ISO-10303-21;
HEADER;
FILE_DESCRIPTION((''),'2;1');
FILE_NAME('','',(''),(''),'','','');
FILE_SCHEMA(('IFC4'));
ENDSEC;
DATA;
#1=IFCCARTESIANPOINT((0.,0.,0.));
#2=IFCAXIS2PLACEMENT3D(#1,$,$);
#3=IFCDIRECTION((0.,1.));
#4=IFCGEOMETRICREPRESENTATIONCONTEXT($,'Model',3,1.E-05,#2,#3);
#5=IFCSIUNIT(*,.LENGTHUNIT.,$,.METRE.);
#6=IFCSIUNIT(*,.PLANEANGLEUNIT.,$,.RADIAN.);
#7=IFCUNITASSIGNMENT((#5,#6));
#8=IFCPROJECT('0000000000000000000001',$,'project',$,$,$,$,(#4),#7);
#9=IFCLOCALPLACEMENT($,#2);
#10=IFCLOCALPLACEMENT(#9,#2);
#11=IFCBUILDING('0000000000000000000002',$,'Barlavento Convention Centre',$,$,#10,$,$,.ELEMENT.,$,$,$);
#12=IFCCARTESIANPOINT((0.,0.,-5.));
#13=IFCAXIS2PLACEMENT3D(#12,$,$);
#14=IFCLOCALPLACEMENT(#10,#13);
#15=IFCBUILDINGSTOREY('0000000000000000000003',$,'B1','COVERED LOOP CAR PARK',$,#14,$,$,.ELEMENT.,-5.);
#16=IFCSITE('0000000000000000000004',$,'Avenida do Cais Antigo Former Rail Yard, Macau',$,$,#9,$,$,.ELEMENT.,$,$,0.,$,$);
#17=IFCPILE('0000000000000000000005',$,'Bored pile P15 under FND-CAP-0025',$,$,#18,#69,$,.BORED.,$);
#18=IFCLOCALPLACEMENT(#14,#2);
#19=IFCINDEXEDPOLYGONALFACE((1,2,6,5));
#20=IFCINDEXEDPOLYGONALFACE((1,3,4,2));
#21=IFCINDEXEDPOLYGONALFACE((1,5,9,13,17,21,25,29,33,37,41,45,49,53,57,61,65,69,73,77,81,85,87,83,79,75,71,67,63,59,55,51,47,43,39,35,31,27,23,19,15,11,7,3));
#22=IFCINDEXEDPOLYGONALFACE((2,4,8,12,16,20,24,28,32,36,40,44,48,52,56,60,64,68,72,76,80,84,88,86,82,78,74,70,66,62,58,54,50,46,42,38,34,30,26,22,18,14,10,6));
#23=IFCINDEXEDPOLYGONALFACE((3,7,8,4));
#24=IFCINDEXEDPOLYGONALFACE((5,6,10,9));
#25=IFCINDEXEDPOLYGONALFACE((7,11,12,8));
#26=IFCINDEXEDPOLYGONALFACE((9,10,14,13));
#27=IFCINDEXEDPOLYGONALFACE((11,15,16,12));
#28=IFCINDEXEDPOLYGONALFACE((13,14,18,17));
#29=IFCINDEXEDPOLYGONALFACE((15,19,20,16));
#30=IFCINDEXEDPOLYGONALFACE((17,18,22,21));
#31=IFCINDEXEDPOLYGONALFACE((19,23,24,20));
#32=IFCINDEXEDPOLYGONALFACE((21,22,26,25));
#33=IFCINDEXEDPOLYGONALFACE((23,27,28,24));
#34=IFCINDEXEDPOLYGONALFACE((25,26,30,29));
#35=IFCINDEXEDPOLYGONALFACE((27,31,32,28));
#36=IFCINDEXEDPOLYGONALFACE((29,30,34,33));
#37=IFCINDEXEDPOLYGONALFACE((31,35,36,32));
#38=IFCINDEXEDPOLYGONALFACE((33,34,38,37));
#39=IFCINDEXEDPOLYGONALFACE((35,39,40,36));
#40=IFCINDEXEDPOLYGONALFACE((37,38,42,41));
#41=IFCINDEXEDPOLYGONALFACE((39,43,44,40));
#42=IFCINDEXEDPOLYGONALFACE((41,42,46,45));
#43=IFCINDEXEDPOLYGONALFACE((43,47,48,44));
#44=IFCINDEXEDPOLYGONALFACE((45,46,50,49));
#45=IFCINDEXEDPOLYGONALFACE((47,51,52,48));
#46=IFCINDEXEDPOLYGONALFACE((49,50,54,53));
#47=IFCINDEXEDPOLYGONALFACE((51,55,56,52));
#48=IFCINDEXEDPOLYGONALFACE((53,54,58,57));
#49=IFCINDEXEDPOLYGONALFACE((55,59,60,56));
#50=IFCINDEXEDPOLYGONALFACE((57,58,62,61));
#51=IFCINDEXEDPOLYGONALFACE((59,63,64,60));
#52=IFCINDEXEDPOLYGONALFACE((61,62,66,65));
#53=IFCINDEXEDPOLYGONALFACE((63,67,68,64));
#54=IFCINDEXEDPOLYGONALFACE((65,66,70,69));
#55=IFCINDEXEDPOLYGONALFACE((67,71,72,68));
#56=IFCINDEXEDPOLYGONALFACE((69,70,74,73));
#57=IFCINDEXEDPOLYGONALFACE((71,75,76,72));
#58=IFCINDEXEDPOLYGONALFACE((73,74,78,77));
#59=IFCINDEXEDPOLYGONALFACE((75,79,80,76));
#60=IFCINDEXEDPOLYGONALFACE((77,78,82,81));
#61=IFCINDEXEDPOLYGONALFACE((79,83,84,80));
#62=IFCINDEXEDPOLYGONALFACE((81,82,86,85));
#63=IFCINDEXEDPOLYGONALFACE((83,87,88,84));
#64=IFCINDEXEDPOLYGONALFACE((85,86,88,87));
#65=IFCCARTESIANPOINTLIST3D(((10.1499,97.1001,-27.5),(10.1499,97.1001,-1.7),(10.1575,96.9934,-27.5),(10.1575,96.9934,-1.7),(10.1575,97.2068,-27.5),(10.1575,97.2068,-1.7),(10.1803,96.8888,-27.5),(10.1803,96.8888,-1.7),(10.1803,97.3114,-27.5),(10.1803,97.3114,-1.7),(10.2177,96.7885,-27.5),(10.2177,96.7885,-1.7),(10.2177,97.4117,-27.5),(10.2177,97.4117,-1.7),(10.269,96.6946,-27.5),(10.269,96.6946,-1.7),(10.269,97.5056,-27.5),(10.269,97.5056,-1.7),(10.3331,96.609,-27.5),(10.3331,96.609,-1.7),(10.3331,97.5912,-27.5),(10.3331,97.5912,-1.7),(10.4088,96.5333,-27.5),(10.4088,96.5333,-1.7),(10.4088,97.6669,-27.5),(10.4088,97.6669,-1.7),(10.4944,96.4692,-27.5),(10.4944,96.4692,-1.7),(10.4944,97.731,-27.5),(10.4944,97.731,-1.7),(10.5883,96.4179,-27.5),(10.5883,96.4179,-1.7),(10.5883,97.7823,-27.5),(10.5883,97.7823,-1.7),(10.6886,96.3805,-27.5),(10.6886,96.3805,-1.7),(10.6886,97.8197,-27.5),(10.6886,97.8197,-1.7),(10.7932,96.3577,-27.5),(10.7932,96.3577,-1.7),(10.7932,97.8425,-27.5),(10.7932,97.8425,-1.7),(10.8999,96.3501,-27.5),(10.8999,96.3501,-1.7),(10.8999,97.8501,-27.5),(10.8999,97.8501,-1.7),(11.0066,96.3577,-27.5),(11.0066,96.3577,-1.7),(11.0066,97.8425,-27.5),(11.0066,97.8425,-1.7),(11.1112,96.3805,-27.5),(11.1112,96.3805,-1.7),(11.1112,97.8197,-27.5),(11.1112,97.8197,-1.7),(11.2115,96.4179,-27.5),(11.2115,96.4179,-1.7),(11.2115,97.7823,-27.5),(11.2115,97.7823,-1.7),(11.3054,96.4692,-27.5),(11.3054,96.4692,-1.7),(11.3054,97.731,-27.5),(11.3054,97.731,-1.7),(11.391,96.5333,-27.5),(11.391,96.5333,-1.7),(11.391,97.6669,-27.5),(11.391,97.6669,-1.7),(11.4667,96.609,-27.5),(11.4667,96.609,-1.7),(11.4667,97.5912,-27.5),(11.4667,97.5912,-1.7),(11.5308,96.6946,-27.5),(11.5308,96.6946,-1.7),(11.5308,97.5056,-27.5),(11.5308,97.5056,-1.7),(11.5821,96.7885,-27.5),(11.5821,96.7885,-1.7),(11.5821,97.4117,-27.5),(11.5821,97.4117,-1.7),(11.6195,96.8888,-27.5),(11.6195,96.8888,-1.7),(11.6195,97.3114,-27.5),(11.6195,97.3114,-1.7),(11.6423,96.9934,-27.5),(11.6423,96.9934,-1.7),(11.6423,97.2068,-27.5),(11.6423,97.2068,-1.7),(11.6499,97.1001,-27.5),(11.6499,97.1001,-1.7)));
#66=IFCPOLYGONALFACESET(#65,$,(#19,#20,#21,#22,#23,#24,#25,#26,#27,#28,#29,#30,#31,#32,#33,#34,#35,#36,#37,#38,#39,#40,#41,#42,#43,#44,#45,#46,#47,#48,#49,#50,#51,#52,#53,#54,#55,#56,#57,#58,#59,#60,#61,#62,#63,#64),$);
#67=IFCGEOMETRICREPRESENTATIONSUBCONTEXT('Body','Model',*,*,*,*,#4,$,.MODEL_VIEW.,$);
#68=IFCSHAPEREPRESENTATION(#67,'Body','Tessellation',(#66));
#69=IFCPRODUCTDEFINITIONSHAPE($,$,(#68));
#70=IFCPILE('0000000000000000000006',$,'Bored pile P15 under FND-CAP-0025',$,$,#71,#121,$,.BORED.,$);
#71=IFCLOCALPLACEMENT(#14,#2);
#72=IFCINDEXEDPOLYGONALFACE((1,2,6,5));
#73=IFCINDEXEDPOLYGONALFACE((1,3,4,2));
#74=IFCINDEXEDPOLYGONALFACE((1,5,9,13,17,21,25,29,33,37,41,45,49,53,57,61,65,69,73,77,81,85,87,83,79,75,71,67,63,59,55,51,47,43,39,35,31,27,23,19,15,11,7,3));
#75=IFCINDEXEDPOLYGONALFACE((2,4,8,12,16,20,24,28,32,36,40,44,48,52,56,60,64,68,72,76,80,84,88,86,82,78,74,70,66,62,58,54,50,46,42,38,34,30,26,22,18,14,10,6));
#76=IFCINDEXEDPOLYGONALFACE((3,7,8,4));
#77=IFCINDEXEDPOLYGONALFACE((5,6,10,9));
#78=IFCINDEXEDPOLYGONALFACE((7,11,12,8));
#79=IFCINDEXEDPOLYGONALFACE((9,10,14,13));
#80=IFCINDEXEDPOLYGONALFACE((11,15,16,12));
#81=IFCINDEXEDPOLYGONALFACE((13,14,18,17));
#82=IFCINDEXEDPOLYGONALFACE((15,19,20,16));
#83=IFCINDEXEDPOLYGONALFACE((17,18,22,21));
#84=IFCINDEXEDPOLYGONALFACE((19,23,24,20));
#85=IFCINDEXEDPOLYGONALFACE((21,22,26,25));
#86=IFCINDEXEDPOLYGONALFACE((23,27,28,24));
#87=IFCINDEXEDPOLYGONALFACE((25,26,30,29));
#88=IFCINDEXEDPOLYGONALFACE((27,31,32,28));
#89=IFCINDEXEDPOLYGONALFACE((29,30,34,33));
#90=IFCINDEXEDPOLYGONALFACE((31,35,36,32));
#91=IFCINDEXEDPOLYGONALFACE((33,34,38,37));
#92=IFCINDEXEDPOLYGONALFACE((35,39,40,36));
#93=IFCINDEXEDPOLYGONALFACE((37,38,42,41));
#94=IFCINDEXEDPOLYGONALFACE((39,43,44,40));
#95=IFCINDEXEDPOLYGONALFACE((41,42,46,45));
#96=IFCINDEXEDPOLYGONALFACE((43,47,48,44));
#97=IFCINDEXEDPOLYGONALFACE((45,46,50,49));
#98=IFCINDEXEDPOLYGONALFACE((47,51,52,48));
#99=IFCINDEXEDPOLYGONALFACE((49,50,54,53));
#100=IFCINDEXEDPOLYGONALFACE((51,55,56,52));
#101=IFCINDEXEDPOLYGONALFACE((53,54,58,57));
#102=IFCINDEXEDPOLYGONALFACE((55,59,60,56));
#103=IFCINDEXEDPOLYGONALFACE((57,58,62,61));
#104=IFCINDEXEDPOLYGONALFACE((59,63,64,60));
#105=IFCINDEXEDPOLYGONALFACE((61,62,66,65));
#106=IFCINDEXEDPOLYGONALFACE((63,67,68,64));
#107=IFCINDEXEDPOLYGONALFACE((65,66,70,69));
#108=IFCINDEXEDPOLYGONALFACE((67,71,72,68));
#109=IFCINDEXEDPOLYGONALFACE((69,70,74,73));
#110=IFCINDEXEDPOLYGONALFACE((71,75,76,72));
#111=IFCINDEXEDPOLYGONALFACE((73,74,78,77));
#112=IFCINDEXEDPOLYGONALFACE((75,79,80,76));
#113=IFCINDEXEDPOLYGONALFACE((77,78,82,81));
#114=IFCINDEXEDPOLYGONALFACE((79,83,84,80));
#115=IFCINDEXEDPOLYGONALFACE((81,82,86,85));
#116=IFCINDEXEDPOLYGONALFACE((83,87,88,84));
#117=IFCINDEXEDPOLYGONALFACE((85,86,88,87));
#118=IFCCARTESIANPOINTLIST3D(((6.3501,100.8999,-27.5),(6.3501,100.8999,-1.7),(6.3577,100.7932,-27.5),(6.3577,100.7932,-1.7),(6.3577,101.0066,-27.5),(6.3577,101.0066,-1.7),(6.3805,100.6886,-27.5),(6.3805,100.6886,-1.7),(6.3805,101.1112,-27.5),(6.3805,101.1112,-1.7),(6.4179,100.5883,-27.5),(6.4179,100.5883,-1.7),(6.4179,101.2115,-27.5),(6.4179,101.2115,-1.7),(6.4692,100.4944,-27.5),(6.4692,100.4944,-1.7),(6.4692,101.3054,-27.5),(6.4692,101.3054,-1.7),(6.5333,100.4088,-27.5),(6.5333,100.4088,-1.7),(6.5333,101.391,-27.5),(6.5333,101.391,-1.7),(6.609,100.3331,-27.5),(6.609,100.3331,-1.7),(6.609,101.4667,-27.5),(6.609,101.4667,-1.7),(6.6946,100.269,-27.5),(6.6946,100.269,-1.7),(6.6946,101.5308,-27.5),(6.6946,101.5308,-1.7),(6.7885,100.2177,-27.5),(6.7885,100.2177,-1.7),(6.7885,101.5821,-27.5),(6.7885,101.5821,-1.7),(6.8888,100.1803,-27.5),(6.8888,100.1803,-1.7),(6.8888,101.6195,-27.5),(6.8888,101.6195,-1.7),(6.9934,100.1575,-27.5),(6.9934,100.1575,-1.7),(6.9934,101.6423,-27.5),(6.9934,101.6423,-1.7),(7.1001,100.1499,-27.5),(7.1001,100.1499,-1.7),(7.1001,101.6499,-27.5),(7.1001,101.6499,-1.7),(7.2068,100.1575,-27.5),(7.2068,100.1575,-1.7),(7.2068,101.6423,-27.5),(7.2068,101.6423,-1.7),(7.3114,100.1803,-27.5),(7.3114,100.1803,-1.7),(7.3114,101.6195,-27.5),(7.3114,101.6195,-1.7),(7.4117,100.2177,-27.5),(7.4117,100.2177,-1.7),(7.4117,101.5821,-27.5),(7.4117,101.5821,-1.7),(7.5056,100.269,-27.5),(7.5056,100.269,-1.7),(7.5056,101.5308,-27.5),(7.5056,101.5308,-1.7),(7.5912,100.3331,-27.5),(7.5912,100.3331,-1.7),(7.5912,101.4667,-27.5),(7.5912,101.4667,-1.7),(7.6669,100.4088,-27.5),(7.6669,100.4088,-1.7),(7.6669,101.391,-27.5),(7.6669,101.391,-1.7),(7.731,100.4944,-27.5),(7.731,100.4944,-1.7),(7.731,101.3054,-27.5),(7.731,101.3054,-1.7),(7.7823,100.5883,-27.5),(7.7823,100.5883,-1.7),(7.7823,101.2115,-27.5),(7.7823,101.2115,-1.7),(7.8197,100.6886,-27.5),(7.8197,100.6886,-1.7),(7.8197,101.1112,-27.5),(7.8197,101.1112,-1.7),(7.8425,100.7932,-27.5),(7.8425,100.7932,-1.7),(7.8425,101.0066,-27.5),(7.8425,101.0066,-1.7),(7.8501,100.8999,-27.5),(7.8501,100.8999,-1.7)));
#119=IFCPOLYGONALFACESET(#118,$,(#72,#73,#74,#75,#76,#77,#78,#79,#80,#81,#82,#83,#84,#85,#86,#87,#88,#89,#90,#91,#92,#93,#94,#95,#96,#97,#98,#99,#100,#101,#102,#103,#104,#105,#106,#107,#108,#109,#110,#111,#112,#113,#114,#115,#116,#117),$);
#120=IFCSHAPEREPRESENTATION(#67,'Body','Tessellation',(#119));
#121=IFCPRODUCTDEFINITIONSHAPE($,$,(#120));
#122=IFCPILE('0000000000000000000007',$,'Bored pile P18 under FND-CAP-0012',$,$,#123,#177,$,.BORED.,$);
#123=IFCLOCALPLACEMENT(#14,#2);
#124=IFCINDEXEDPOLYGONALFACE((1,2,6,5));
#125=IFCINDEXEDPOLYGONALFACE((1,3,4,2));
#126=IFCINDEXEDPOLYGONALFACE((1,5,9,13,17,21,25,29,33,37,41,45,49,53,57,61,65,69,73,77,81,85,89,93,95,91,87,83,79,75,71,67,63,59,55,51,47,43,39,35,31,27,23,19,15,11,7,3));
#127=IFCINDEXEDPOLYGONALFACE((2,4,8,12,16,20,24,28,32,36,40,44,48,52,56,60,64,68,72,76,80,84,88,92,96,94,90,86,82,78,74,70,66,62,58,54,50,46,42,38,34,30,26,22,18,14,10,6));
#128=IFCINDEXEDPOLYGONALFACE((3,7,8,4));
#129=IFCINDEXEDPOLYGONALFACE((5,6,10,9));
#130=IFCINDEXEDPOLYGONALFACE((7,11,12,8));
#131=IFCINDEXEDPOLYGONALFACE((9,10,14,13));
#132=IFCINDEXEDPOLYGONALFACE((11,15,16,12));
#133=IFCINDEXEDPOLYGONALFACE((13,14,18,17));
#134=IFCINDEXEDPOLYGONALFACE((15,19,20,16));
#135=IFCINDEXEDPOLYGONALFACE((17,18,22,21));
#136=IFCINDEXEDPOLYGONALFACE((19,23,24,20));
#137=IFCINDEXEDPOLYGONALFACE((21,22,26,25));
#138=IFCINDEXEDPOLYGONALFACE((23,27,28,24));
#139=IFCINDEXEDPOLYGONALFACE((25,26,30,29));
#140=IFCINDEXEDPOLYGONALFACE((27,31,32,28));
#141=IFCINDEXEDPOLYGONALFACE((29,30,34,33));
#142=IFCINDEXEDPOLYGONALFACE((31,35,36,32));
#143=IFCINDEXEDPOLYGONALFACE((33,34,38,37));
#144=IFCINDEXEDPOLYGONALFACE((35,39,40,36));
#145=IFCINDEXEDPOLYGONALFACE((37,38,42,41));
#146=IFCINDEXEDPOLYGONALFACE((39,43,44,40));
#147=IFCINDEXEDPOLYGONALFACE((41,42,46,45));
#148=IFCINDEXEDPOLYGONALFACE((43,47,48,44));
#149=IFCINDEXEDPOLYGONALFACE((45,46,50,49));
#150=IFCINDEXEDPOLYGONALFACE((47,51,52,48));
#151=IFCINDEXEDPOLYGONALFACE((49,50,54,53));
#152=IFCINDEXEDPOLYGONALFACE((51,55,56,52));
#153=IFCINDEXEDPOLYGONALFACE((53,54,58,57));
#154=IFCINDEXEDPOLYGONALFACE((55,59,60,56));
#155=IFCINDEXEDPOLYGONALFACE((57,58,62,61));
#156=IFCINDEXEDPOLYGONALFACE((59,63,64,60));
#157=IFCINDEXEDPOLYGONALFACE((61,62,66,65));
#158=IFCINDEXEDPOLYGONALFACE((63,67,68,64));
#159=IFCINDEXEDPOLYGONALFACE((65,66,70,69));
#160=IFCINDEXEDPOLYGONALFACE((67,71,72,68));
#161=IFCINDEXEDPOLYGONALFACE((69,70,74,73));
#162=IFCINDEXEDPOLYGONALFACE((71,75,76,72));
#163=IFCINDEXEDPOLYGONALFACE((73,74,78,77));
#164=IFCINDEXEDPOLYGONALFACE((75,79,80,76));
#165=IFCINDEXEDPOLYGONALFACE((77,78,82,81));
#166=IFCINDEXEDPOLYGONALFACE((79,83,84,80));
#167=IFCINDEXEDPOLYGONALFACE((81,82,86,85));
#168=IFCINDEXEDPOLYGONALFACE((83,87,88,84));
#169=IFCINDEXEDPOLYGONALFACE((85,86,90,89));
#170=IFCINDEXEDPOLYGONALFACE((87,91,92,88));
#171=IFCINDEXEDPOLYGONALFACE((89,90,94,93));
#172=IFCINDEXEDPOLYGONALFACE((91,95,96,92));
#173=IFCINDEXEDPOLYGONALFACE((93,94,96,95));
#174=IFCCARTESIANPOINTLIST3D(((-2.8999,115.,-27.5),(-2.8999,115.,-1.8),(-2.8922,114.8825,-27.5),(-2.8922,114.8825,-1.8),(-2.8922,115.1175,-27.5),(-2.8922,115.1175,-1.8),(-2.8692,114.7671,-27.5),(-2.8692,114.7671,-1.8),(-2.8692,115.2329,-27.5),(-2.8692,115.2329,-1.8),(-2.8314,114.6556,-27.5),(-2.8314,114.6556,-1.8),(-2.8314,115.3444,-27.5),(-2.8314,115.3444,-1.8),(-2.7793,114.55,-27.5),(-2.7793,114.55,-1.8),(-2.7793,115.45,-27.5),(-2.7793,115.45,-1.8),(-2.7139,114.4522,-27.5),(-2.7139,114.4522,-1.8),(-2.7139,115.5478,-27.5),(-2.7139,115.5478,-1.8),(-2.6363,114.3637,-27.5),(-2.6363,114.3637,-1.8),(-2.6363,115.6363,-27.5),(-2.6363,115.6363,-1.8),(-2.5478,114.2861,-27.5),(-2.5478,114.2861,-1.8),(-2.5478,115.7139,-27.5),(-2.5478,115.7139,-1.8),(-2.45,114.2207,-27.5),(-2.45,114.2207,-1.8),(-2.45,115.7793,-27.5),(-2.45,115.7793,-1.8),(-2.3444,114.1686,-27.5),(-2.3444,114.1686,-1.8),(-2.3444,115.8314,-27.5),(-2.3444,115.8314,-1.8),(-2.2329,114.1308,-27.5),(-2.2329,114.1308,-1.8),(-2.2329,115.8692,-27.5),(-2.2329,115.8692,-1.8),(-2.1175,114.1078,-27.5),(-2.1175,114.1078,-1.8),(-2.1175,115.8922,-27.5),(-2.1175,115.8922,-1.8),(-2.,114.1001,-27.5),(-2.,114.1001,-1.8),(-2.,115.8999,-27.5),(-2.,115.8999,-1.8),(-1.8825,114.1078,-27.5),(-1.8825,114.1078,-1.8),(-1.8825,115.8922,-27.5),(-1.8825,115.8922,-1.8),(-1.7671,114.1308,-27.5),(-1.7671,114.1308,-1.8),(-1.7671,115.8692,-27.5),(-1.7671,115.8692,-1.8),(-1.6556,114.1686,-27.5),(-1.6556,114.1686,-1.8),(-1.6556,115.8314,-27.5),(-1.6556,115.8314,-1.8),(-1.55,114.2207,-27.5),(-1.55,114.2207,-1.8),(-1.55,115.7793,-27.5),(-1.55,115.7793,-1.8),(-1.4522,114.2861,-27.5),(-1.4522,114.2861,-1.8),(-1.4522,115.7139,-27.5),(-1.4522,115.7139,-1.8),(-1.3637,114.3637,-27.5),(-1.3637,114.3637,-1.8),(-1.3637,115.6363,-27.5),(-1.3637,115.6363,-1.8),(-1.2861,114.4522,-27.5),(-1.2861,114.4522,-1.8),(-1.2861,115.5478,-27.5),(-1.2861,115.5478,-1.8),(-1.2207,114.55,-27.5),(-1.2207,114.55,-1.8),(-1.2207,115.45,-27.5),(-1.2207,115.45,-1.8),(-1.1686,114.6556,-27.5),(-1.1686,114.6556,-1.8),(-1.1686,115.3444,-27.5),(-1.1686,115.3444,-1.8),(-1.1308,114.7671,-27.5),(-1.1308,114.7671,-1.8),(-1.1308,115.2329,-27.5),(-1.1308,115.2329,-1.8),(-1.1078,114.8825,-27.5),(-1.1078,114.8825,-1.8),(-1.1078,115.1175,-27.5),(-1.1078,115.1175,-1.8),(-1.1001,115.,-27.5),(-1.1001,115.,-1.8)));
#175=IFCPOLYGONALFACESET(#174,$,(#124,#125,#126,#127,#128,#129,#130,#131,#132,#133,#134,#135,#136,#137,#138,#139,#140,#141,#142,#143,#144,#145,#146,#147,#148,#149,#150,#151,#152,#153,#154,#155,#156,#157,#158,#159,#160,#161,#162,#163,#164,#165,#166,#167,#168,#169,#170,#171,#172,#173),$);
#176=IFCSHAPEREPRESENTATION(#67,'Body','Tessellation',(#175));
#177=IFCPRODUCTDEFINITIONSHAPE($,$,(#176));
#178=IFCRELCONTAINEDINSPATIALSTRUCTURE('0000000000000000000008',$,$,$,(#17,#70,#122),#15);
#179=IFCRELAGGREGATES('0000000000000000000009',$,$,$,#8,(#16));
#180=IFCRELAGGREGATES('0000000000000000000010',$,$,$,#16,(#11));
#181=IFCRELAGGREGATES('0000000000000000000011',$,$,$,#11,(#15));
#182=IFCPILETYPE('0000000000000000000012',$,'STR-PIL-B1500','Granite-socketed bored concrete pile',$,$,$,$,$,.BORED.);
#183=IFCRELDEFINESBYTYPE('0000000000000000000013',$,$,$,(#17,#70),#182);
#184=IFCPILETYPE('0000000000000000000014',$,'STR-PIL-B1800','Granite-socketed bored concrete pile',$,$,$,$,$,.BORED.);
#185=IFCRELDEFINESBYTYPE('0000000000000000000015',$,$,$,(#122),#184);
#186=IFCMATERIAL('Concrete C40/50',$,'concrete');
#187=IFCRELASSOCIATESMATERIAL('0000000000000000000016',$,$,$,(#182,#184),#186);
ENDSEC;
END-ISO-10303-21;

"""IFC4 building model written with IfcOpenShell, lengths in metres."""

from ifc_helpers import new_model, si_unit, direction, frame, origin, origin_2d, place, context, subcontext, project, spatial, circle, extrude, material, material_profile, profile_set, type_object, element, save


model = new_model("IFC4")

# Units and contexts
model_context = context("Model", 3, precision=1e-05, world=origin(), true_north=direction((0.0, 1.0)))
body_context = subcontext(model_context, "Body", "Model", "MODEL_VIEW")
ifc_project = project(units=[si_unit("LENGTHUNIT", "METRE"), si_unit("PLANEANGLEUNIT", "RADIAN")], contexts=[model_context])

# Site, building, storey
site_placement = place(None, origin())
site = spatial("IfcSite", under=ifc_project, at=site_placement, Name="Avenida do Cais Antigo Former Rail Yard, Macau", CompositionType="ELEMENT", RefElevation=0.0)
building_placement = place(site_placement, origin())
building = spatial("IfcBuilding", under=site, at=building_placement, Name="Barlavento Convention Centre", CompositionType="ELEMENT")
storey_placement = place(building_placement, frame((0.0, 0.0, -5.0)))
storey = spatial("IfcBuildingStorey", under=building, at=storey_placement, Name="B1", Description="COVERED LOOP CAR PARK", CompositionType="ELEMENT", Elevation=-5.0)

# Shared definitions
ifc_material_1 = material(Name="Concrete C40/50", Category="concrete")

# Piles
ifc_material_profile_1 = material_profile(ifc_material_1, circle(Radius=0.75, at=origin_2d()), Name="BORED PILE 1500")
ifc_profile_set_1 = profile_set([ifc_material_profile_1], Name="Concrete C40/50")
pile_type_1 = type_object("IfcPileType", Name="STR-PIL-B1500", Description="Granite-socketed bored concrete pile", PredefinedType="BORED", material=ifc_profile_set_1)
for number, where, z_axis, x_axis, name in (
    (1, (10.8999, 97.1001, -1.7), (0.0, 0.0, -1.0), (1.0, 0.0, 0.0), "Bored pile P15 under FND-CAP-0025"),
    (2, (7.1001, 100.8999, -1.7), (0.0, 0.0, -1.0), (1.0, 0.0, 0.0), "Bored pile P15 under FND-CAP-0025"),
):
    element("IfcPile", number, at=place(storey_placement, frame(where, z_axis=z_axis, x_axis=x_axis)), inside=storey, type_object=pile_type_1, Name=name, PredefinedType="BORED", context=body_context, shape_type="SweptSolid", body=[
        extrude(circle(Radius=0.75, at=origin_2d()), origin(), (0.0, 0.0, 1.0), 25.8),
    ])
ifc_material_profile_2 = material_profile(ifc_material_1, circle(Radius=0.8999, at=origin_2d()), Name="BORED PILE 1800")
ifc_profile_set_2 = profile_set([ifc_material_profile_2], Name="Concrete C40/50")
pile_type_2 = type_object("IfcPileType", Name="STR-PIL-B1800", Description="Granite-socketed bored concrete pile", PredefinedType="BORED", material=ifc_profile_set_2)
for number, where, z_axis, x_axis, name in (
    (3, (-2.0, 115.0, -1.8), (0.0, 0.0, -1.0), (1.0, 0.0, 0.0), "Bored pile P18 under FND-CAP-0012"),
):
    element("IfcPile", number, at=place(storey_placement, frame(where, z_axis=z_axis, x_axis=x_axis)), inside=storey, type_object=pile_type_2, Name=name, PredefinedType="BORED", context=body_context, shape_type="SweptSolid", body=[
        extrude(circle(Radius=0.8999, at=origin_2d()), origin(), (0.0, 0.0, 1.0), 25.7),
    ])

save(model, "model.ifc")
